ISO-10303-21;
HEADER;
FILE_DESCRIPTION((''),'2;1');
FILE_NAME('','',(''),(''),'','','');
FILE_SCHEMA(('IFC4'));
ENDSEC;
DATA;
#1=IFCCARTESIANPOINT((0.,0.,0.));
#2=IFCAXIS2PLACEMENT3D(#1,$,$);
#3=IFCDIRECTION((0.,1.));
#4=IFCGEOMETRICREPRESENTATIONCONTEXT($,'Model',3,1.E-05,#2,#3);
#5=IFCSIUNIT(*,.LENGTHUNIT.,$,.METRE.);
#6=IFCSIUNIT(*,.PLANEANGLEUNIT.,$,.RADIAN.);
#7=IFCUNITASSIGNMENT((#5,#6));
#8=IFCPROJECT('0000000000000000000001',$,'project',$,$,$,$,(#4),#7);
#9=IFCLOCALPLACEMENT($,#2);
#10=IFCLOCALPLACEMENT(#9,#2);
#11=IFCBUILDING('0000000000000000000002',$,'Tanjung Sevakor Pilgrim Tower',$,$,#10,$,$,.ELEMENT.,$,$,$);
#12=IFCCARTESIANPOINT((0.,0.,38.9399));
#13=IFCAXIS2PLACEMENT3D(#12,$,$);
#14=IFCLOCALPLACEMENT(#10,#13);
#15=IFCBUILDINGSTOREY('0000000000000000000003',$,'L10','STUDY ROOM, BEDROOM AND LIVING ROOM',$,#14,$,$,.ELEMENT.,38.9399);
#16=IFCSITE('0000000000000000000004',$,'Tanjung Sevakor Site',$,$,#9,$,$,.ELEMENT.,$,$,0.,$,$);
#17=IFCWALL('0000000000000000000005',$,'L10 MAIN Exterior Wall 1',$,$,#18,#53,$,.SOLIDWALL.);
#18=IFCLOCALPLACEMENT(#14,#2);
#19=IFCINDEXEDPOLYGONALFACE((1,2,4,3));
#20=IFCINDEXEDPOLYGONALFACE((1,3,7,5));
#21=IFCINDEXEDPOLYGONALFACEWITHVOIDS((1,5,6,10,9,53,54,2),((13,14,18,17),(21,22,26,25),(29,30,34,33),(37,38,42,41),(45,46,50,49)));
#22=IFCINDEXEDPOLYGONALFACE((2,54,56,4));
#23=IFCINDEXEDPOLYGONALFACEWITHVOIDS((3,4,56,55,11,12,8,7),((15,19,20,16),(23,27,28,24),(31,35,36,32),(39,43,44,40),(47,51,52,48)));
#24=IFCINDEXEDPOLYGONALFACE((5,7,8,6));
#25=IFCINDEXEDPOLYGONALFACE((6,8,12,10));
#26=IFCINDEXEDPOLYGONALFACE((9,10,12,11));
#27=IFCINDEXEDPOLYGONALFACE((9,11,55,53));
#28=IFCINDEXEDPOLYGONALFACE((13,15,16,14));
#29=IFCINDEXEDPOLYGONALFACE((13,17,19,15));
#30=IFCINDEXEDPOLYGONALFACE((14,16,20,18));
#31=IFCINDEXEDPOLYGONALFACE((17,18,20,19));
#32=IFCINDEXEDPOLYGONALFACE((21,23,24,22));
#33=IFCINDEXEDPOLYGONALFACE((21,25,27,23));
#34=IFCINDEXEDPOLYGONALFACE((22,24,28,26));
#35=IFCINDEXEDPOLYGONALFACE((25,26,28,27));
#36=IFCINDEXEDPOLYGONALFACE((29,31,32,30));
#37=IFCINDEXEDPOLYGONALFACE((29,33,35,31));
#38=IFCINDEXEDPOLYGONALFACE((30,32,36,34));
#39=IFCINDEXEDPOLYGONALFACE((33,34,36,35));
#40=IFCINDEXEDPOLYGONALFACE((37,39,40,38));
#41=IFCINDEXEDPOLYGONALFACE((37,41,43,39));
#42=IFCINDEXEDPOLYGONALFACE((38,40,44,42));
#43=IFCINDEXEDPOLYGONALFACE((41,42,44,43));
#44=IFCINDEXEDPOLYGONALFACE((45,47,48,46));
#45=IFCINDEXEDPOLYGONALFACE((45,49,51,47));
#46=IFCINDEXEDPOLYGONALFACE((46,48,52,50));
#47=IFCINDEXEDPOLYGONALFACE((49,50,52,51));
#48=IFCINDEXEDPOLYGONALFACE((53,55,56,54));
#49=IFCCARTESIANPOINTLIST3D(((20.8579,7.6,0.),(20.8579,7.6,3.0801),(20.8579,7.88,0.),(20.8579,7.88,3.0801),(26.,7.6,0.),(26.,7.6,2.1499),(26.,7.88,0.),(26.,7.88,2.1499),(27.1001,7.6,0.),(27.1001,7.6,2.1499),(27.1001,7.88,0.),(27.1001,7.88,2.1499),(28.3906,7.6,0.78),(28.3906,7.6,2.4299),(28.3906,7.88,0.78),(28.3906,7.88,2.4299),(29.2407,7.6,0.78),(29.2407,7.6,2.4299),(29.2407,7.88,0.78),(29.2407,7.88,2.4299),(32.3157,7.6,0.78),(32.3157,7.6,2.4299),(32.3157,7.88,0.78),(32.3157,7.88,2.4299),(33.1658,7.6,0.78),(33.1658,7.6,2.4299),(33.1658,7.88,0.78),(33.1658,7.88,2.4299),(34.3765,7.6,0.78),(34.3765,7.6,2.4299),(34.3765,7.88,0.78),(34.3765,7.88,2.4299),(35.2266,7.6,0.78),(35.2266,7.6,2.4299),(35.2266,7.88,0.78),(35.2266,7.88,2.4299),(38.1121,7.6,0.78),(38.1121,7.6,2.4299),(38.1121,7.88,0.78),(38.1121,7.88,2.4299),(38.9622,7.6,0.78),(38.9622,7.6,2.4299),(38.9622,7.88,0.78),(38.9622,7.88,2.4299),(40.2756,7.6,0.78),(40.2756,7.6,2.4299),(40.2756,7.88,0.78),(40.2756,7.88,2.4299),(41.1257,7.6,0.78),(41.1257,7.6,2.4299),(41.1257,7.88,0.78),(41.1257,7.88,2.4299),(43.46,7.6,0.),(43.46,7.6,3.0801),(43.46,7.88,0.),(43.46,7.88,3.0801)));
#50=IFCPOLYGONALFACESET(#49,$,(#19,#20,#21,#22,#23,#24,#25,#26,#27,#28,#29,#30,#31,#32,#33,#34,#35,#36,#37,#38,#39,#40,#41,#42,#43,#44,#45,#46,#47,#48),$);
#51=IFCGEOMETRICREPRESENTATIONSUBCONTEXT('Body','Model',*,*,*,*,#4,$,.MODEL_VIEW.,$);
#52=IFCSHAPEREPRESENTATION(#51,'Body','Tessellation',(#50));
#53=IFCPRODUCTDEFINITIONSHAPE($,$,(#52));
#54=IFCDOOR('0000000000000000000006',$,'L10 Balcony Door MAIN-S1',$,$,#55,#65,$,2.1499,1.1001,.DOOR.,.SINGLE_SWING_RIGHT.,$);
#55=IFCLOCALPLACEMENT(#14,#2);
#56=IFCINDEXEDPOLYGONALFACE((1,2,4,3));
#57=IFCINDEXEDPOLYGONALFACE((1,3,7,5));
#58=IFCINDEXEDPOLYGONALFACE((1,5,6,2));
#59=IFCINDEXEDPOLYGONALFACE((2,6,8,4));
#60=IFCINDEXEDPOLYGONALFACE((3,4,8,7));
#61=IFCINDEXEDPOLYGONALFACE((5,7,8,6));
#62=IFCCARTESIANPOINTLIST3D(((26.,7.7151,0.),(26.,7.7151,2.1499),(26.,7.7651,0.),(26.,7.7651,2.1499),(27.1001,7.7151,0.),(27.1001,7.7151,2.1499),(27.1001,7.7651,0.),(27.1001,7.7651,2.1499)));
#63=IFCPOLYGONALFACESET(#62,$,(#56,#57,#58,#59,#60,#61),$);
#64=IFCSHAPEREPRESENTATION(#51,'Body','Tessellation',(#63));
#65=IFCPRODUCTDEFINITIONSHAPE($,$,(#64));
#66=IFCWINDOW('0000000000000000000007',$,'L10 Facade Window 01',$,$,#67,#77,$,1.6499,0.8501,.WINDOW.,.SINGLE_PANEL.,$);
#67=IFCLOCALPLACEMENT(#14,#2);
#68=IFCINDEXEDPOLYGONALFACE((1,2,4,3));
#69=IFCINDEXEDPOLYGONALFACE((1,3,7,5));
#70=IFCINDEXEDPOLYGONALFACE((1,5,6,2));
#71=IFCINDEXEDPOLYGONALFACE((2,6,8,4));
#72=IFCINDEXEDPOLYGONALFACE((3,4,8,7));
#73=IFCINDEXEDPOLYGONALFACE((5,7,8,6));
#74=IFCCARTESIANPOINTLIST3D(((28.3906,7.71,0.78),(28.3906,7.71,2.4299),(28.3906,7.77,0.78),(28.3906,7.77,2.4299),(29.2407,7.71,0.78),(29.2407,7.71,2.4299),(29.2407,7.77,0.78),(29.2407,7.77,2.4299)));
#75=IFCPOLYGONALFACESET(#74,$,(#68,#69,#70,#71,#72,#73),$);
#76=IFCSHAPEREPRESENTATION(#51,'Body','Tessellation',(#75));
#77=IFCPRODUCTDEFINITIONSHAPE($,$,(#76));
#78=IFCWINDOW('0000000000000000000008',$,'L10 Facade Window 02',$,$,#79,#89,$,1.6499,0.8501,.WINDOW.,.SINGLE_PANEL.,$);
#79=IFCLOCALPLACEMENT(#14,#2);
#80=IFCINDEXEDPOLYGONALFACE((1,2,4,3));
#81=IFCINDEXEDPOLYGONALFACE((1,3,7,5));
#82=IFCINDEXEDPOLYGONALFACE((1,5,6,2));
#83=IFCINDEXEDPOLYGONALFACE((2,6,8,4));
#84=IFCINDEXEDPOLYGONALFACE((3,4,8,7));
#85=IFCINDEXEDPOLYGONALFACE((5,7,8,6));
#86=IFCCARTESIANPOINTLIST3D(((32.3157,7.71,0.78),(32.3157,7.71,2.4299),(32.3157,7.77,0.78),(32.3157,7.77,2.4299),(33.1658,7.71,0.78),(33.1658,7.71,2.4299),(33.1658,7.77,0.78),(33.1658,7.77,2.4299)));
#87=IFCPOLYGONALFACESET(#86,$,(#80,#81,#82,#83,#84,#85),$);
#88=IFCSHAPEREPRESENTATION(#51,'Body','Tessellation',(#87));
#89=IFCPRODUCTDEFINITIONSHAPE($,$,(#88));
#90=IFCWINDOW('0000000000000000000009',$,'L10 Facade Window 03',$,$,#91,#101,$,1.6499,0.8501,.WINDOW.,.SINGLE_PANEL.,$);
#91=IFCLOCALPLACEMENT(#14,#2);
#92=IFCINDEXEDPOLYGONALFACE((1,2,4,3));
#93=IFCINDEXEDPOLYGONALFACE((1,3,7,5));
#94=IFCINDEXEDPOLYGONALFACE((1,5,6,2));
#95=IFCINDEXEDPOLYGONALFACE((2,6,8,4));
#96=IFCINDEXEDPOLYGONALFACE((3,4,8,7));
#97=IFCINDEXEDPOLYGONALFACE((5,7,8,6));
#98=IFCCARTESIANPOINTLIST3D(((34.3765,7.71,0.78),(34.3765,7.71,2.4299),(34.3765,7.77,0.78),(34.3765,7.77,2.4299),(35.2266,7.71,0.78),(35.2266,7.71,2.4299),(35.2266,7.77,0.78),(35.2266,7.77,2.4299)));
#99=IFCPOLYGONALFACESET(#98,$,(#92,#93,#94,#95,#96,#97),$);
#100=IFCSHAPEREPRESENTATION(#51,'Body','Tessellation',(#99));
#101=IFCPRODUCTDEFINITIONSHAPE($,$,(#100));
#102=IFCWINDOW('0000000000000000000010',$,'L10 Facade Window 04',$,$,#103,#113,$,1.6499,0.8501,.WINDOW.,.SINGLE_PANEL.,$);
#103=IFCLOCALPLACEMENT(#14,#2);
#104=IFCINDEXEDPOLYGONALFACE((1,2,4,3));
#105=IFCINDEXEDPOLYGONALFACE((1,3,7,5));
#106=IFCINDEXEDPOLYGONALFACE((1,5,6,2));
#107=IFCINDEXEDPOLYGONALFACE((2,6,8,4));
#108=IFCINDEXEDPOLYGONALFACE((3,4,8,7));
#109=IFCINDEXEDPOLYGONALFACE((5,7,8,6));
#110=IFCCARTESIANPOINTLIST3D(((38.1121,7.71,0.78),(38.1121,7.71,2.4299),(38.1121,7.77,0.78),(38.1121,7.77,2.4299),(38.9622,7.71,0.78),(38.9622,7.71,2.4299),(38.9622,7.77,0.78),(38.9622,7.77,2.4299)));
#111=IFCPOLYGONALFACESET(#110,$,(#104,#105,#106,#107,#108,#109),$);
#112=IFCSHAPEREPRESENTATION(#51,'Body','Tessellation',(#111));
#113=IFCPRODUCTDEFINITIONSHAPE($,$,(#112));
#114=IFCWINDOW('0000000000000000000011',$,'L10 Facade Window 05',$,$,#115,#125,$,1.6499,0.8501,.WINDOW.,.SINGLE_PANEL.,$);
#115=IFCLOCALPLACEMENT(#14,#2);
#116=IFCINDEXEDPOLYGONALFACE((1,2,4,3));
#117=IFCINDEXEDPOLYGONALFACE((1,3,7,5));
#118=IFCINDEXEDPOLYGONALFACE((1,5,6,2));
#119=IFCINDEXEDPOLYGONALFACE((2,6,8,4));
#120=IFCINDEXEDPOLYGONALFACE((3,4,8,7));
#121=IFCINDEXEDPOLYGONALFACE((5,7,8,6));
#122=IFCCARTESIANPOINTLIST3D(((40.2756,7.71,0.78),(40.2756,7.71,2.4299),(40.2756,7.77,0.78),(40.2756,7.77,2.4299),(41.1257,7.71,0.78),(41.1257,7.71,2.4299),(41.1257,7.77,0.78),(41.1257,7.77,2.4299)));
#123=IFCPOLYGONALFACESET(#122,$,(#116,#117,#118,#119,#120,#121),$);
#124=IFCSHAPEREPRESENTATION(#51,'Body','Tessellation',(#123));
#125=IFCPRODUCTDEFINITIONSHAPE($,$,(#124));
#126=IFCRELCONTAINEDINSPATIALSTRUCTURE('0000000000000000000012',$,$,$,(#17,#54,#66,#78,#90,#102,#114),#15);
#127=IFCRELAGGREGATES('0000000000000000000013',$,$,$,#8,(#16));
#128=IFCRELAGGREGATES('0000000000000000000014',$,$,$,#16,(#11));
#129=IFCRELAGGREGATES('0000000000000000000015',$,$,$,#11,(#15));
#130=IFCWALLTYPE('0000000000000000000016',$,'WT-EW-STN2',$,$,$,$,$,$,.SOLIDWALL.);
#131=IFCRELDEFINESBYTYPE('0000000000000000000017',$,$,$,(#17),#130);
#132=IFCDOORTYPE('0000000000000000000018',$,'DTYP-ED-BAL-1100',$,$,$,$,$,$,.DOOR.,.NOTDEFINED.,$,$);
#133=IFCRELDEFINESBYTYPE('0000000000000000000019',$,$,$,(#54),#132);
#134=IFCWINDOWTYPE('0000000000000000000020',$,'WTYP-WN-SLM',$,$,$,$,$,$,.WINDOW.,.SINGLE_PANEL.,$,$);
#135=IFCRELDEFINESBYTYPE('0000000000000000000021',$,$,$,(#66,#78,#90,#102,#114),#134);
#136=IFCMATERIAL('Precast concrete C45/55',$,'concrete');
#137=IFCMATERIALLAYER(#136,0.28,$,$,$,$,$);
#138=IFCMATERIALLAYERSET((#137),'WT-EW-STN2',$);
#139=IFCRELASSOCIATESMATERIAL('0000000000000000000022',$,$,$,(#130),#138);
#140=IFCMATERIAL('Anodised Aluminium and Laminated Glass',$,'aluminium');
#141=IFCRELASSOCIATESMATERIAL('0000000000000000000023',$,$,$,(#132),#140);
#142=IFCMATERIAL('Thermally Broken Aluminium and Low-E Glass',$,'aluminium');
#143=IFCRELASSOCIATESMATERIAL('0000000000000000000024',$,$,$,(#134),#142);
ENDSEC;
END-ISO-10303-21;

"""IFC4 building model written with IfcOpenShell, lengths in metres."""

from ifc_helpers import new_model, si_unit, direction, frame, frame_2d, origin, place, context, subcontext, project, spatial, rectangle, extrude, material, layer, layer_set, type_object, element, fill, save


model = new_model("IFC4")

# Units and contexts
model_context = context("Model", 3, precision=1e-05, world=origin(), true_north=direction((0.0, 1.0)))
body_context = subcontext(model_context, "Body", "Model", "MODEL_VIEW")
ifc_project = project(units=[si_unit("LENGTHUNIT", "METRE"), si_unit("PLANEANGLEUNIT", "RADIAN")], contexts=[model_context])

# Site, building, storey
site_placement = place(None, origin())
site = spatial("IfcSite", under=ifc_project, at=site_placement, Name="Tanjung Sevakor Site", CompositionType="ELEMENT", RefElevation=0.0)
building_placement = place(site_placement, origin())
building = spatial("IfcBuilding", under=site, at=building_placement, Name="Tanjung Sevakor Pilgrim Tower", CompositionType="ELEMENT")
storey_placement = place(building_placement, frame((0.0, 0.0, 38.9399)))
storey = spatial("IfcBuildingStorey", under=building, at=storey_placement, Name="L10", Description="STUDY ROOM, BEDROOM AND LIVING ROOM", CompositionType="ELEMENT", Elevation=38.9399)

# Wall, openings, door, windows
ifc_material_1 = material(Name="Precast concrete C45/55", Category="concrete")
ifc_layer_1 = layer(ifc_material_1, 0.28)
ifc_layer_set_1 = layer_set([ifc_layer_1], Name="WT-EW-STN2")
wall_type_1 = type_object("IfcWallType", Name="WT-EW-STN2", PredefinedType="SOLIDWALL", material=ifc_layer_set_1)
wall_1_placement = place(storey_placement, frame((20.8579, 7.74, 0.0), z_axis=(0.0, 0.0, 1.0), x_axis=(1.0, 0.0, 0.0)))
wall_1 = element("IfcWall", 1, at=wall_1_placement, inside=storey, type_object=wall_type_1, Name="L10 MAIN Exterior Wall 1", PredefinedType="SOLIDWALL", context=body_context, shape_type="SweptSolid", body=[
    extrude(rectangle(XDim=22.6021, YDim=0.28, at=frame_2d((11.301, 0.0))), origin(), (0.0, 0.0, 1.0), 3.0801),
])
opening_1_placement = place(wall_1_placement, frame((5.1421, 0.0, 0.0)))
opening_1 = element("IfcOpeningElement", 2, at=opening_1_placement, cuts=wall_1, PredefinedType="OPENING", context=body_context, shape_type="SweptSolid", body=[
    extrude(rectangle(XDim=1.1001, YDim=2.1499, at=frame_2d((0.55, 1.075))), frame((0.0, 0.1499, 0.0), z_axis=(0.0, -1.0, 0.0), x_axis=(1.0, 0.0, 0.0)), (0.0, 0.0, 1.0), 0.3),
])
opening_2_placement = place(wall_1_placement, frame((7.5327, 0.0, 0.78)))
opening_2 = element("IfcOpeningElement", 3, at=opening_2_placement, cuts=wall_1, PredefinedType="OPENING", context=body_context, shape_type="SweptSolid", body=[
    extrude(rectangle(XDim=0.8501, YDim=1.6499, at=frame_2d((0.425, 0.825))), frame((0.0, 0.1499, 0.0), z_axis=(0.0, -1.0, 0.0), x_axis=(1.0, 0.0, 0.0)), (0.0, 0.0, 1.0), 0.3),
])
opening_3_placement = place(wall_1_placement, frame((11.4578, 0.0, 0.78)))
opening_3 = element("IfcOpeningElement", 4, at=opening_3_placement, cuts=wall_1, PredefinedType="OPENING", context=body_context, shape_type="SweptSolid", body=[
    extrude(rectangle(XDim=0.8501, YDim=1.6499, at=frame_2d((0.425, 0.825))), frame((0.0, 0.1499, 0.0), z_axis=(0.0, -1.0, 0.0), x_axis=(1.0, 0.0, 0.0)), (0.0, 0.0, 1.0), 0.3),
])
opening_4_placement = place(wall_1_placement, frame((13.5186, 0.0, 0.78)))
opening_4 = element("IfcOpeningElement", 5, at=opening_4_placement, cuts=wall_1, PredefinedType="OPENING", context=body_context, shape_type="SweptSolid", body=[
    extrude(rectangle(XDim=0.8501, YDim=1.6499, at=frame_2d((0.425, 0.825))), frame((0.0, 0.1499, 0.0), z_axis=(0.0, -1.0, 0.0), x_axis=(1.0, 0.0, 0.0)), (0.0, 0.0, 1.0), 0.3),
])
opening_5_placement = place(wall_1_placement, frame((17.2542, 0.0, 0.78)))
opening_5 = element("IfcOpeningElement", 6, at=opening_5_placement, cuts=wall_1, PredefinedType="OPENING", context=body_context, shape_type="SweptSolid", body=[
    extrude(rectangle(XDim=0.8501, YDim=1.6499, at=frame_2d((0.425, 0.825))), frame((0.0, 0.1499, 0.0), z_axis=(0.0, -1.0, 0.0), x_axis=(1.0, 0.0, 0.0)), (0.0, 0.0, 1.0), 0.3),
])
opening_6_placement = place(wall_1_placement, frame((19.4177, 0.0, 0.78)))
opening_6 = element("IfcOpeningElement", 7, at=opening_6_placement, cuts=wall_1, PredefinedType="OPENING", context=body_context, shape_type="SweptSolid", body=[
    extrude(rectangle(XDim=0.8501, YDim=1.6499, at=frame_2d((0.425, 0.825))), frame((0.0, 0.1499, 0.0), z_axis=(0.0, -1.0, 0.0), x_axis=(1.0, 0.0, 0.0)), (0.0, 0.0, 1.0), 0.3),
])
ifc_material_2 = material(Name="Anodised Aluminium and Laminated Glass", Category="aluminium")
door_type_1 = type_object("IfcDoorType", Name="DTYP-ED-BAL-1100", OperationType="NOTDEFINED", PredefinedType="DOOR", material=ifc_material_2)
door_1_placement = place(opening_1_placement, frame((1.1001, 0.0, 0.0), z_axis=(0.0, 0.0, 1.0), x_axis=(-1.0, 0.0, 0.0)))
door_1 = element("IfcDoor", 8, at=door_1_placement, inside=storey, type_object=door_type_1, Name="L10 Balcony Door MAIN-S1", OperationType="SINGLE_SWING_RIGHT", OverallHeight=2.1499, OverallWidth=1.1001, PredefinedType="DOOR", context=body_context, shape_type="SweptSolid", body=[
    extrude(rectangle(XDim=1.1001, YDim=2.1499, at=frame_2d((0.55, 1.075))), frame((0.0, 0.0249, 0.0), z_axis=(0.0, -1.0, 0.0), x_axis=(1.0, 0.0, 0.0)), (0.0, 0.0, 1.0), 0.05),
])
fill(opening_1, door_1)
ifc_material_3 = material(Name="Thermally Broken Aluminium and Low-E Glass", Category="aluminium")
window_type = type_object("IfcWindowType", Name="WTYP-WN-SLM", PartitioningType="SINGLE_PANEL", PredefinedType="WINDOW", material=ifc_material_3)
window_1_placement = place(opening_2_placement, origin())
window_1 = element("IfcWindow", 9, at=window_1_placement, inside=storey, type_object=window_type, Name="L10 Facade Window 01", OverallHeight=1.6499, OverallWidth=0.8501, PartitioningType="SINGLE_PANEL", PredefinedType="WINDOW", context=body_context, shape_type="SweptSolid", body=[
    extrude(rectangle(XDim=0.8501, YDim=1.6499, at=frame_2d((0.425, 0.825))), frame((0.0, 0.03, 0.0), z_axis=(0.0, -1.0, 0.0), x_axis=(1.0, 0.0, 0.0)), (0.0, 0.0, 1.0), 0.0601),
])
fill(opening_2, window_1)
window_2_placement = place(opening_3_placement, origin())
window_2 = element("IfcWindow", 10, at=window_2_placement, inside=storey, type_object=window_type, Name="L10 Facade Window 02", OverallHeight=1.6499, OverallWidth=0.8501, PartitioningType="SINGLE_PANEL", PredefinedType="WINDOW", context=body_context, shape_type="SweptSolid", body=[
    extrude(rectangle(XDim=0.8501, YDim=1.6499, at=frame_2d((0.425, 0.825))), frame((0.0, 0.03, 0.0), z_axis=(0.0, -1.0, 0.0), x_axis=(1.0, 0.0, 0.0)), (0.0, 0.0, 1.0), 0.0601),
])
fill(opening_3, window_2)
window_3_placement = place(opening_4_placement, origin())
window_3 = element("IfcWindow", 11, at=window_3_placement, inside=storey, type_object=window_type, Name="L10 Facade Window 03", OverallHeight=1.6499, OverallWidth=0.8501, PartitioningType="SINGLE_PANEL", PredefinedType="WINDOW", context=body_context, shape_type="SweptSolid", body=[
    extrude(rectangle(XDim=0.8501, YDim=1.6499, at=frame_2d((0.425, 0.825))), frame((0.0, 0.03, 0.0), z_axis=(0.0, -1.0, 0.0), x_axis=(1.0, 0.0, 0.0)), (0.0, 0.0, 1.0), 0.0601),
])
fill(opening_4, window_3)
window_4_placement = place(opening_5_placement, origin())
window_4 = element("IfcWindow", 12, at=window_4_placement, inside=storey, type_object=window_type, Name="L10 Facade Window 04", OverallHeight=1.6499, OverallWidth=0.8501, PartitioningType="SINGLE_PANEL", PredefinedType="WINDOW", context=body_context, shape_type="SweptSolid", body=[
    extrude(rectangle(XDim=0.8501, YDim=1.6499, at=frame_2d((0.425, 0.825))), frame((0.0, 0.03, 0.0), z_axis=(0.0, -1.0, 0.0), x_axis=(1.0, 0.0, 0.0)), (0.0, 0.0, 1.0), 0.0601),
])
fill(opening_5, window_4)
window_5_placement = place(opening_6_placement, origin())
window_5 = element("IfcWindow", 13, at=window_5_placement, inside=storey, type_object=window_type, Name="L10 Facade Window 05", OverallHeight=1.6499, OverallWidth=0.8501, PartitioningType="SINGLE_PANEL", PredefinedType="WINDOW", context=body_context, shape_type="SweptSolid", body=[
    extrude(rectangle(XDim=0.8501, YDim=1.6499, at=frame_2d((0.425, 0.825))), frame((0.0, 0.03, 0.0), z_axis=(0.0, -1.0, 0.0), x_axis=(1.0, 0.0, 0.0)), (0.0, 0.0, 1.0), 0.0601),
])
fill(opening_6, window_5)

save(model, "model.ifc")
